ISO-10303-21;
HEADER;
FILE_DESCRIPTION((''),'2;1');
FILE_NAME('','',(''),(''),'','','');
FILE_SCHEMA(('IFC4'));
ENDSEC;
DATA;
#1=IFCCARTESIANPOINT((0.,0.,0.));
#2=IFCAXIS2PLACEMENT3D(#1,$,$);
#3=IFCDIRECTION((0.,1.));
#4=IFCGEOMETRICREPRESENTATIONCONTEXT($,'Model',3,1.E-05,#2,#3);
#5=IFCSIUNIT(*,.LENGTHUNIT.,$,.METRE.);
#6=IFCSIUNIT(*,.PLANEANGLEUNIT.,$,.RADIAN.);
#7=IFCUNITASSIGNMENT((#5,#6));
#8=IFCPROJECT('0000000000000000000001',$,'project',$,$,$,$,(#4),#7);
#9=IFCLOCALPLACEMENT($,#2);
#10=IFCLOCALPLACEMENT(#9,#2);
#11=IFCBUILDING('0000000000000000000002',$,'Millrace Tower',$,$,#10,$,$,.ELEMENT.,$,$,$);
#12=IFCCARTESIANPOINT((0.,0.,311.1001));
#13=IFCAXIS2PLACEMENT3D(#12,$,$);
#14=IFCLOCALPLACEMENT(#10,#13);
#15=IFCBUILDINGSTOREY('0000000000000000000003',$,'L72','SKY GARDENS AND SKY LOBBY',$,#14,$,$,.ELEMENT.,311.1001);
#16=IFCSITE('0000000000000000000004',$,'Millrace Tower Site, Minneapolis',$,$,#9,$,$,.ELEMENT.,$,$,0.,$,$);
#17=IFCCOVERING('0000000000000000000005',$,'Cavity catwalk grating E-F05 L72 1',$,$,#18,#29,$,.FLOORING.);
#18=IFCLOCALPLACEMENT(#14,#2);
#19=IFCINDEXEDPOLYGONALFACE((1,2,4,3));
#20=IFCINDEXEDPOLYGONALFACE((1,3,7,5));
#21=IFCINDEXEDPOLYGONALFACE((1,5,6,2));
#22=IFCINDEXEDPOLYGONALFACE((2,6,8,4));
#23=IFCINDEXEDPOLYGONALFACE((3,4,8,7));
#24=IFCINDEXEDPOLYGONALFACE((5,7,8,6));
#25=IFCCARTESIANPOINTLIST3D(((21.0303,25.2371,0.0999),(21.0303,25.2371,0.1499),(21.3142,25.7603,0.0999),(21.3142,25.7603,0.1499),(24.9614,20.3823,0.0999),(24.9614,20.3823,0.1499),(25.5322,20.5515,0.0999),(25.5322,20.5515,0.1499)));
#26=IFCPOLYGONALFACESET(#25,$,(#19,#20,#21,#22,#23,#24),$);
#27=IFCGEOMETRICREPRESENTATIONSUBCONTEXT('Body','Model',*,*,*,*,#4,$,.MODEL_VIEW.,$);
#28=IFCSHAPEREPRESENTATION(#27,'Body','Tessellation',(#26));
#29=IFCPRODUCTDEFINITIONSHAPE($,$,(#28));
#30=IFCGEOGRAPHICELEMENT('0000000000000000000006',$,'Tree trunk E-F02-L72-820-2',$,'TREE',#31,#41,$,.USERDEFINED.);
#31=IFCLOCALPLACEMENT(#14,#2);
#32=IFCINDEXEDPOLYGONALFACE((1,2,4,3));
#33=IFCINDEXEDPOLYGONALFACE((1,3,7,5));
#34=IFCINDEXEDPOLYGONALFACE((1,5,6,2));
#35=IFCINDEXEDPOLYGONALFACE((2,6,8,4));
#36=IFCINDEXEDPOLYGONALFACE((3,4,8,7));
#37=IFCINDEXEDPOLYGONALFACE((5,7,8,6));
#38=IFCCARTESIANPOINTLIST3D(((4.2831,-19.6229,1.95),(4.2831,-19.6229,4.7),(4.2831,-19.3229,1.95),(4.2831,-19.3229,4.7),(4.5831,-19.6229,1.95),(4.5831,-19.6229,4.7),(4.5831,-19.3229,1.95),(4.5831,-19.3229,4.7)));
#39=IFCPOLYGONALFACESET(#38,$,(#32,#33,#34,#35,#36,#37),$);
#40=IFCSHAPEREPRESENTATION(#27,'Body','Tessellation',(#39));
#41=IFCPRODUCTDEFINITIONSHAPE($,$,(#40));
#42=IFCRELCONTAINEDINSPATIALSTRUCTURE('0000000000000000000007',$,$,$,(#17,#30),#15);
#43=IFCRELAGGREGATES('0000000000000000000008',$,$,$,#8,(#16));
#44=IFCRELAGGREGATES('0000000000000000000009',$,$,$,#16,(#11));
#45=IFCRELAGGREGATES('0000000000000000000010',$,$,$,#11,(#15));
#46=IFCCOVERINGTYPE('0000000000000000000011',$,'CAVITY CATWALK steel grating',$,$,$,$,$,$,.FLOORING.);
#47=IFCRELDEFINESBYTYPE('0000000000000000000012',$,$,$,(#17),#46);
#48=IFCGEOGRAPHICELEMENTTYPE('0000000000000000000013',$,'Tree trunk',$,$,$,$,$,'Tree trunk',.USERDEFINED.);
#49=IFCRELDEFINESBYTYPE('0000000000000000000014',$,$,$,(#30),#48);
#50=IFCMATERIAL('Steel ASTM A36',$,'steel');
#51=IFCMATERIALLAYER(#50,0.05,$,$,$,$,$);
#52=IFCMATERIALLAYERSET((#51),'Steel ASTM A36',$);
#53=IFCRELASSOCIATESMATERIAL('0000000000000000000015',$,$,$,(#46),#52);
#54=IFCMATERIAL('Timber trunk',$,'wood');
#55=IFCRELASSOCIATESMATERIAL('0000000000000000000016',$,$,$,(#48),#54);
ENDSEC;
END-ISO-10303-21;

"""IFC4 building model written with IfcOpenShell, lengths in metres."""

from ifc_helpers import new_model, si_unit, direction, frame, origin, origin_2d, place, context, subcontext, project, spatial, polyline, rectangle, outline, extrude, material, layer, layer_set, type_object, element, save


model = new_model("IFC4")

# Units and contexts
model_context = context("Model", 3, precision=1e-05, world=origin(), true_north=direction((0.0, 1.0)))
body_context = subcontext(model_context, "Body", "Model", "MODEL_VIEW")
ifc_project = project(units=[si_unit("LENGTHUNIT", "METRE"), si_unit("PLANEANGLEUNIT", "RADIAN")], contexts=[model_context])

# Site, building, storey
site_placement = place(None, origin())
site = spatial("IfcSite", under=ifc_project, at=site_placement, Name="Millrace Tower Site, Minneapolis", CompositionType="ELEMENT", RefElevation=0.0)
building_placement = place(site_placement, origin())
building = spatial("IfcBuilding", under=site, at=building_placement, Name="Millrace Tower", CompositionType="ELEMENT")
storey_placement = place(building_placement, frame((0.0, 0.0, 311.1001)))
storey = spatial("IfcBuildingStorey", under=building, at=storey_placement, Name="L72", Description="SKY GARDENS AND SKY LOBBY", CompositionType="ELEMENT", Elevation=311.1001)

# Covering
ifc_material_1 = material(Name="Steel ASTM A36", Category="steel")
ifc_layer_1 = layer(ifc_material_1, 0.05)
ifc_layer_set_1 = layer_set([ifc_layer_1], Name="Steel ASTM A36")
covering_type = type_object("IfcCoveringType", Name="CAVITY CATWALK steel grating", PredefinedType="FLOORING", material=ifc_layer_set_1)
placement_1 = place(storey_placement, frame((0.0, 0.0, 0.0999)))
element("IfcCovering", 1, at=placement_1, inside=storey, type_object=covering_type, Name="Cavity catwalk grating E-F05 L72 1", PredefinedType="FLOORING", context=body_context, shape_type="SweptSolid", body=[
    extrude(outline(polyline([(25.5322, 20.5515), (21.3142, 25.7603), (21.0303, 25.2371), (24.9614, 20.3823), (25.5322, 20.5515)])), origin(), (0.0, 0.0, 1.0), 0.05),
])

# Geographic element
ifc_material_2 = material(Name="Timber trunk", Category="wood")
geographic_element_type = type_object("IfcGeographicElementType", Name="Tree trunk", ElementType="Tree trunk", PredefinedType="USERDEFINED", material=ifc_material_2)
geographic_element_placement = place(storey_placement, frame((4.4331, -19.4729, 1.95), z_axis=(0.0, 0.0, 1.0), x_axis=(1.0, 0.0, 0.0)))
element("IfcGeographicElement", 2, at=geographic_element_placement, inside=storey, type_object=geographic_element_type, Name="Tree trunk E-F02-L72-820-2", ObjectType="TREE", PredefinedType="USERDEFINED", context=body_context, shape_type="SweptSolid", body=[
    extrude(rectangle(XDim=0.3, YDim=0.3, at=origin_2d()), origin(), (0.0, 0.0, 1.0), 2.75),
])

save(model, "model.ifc")
